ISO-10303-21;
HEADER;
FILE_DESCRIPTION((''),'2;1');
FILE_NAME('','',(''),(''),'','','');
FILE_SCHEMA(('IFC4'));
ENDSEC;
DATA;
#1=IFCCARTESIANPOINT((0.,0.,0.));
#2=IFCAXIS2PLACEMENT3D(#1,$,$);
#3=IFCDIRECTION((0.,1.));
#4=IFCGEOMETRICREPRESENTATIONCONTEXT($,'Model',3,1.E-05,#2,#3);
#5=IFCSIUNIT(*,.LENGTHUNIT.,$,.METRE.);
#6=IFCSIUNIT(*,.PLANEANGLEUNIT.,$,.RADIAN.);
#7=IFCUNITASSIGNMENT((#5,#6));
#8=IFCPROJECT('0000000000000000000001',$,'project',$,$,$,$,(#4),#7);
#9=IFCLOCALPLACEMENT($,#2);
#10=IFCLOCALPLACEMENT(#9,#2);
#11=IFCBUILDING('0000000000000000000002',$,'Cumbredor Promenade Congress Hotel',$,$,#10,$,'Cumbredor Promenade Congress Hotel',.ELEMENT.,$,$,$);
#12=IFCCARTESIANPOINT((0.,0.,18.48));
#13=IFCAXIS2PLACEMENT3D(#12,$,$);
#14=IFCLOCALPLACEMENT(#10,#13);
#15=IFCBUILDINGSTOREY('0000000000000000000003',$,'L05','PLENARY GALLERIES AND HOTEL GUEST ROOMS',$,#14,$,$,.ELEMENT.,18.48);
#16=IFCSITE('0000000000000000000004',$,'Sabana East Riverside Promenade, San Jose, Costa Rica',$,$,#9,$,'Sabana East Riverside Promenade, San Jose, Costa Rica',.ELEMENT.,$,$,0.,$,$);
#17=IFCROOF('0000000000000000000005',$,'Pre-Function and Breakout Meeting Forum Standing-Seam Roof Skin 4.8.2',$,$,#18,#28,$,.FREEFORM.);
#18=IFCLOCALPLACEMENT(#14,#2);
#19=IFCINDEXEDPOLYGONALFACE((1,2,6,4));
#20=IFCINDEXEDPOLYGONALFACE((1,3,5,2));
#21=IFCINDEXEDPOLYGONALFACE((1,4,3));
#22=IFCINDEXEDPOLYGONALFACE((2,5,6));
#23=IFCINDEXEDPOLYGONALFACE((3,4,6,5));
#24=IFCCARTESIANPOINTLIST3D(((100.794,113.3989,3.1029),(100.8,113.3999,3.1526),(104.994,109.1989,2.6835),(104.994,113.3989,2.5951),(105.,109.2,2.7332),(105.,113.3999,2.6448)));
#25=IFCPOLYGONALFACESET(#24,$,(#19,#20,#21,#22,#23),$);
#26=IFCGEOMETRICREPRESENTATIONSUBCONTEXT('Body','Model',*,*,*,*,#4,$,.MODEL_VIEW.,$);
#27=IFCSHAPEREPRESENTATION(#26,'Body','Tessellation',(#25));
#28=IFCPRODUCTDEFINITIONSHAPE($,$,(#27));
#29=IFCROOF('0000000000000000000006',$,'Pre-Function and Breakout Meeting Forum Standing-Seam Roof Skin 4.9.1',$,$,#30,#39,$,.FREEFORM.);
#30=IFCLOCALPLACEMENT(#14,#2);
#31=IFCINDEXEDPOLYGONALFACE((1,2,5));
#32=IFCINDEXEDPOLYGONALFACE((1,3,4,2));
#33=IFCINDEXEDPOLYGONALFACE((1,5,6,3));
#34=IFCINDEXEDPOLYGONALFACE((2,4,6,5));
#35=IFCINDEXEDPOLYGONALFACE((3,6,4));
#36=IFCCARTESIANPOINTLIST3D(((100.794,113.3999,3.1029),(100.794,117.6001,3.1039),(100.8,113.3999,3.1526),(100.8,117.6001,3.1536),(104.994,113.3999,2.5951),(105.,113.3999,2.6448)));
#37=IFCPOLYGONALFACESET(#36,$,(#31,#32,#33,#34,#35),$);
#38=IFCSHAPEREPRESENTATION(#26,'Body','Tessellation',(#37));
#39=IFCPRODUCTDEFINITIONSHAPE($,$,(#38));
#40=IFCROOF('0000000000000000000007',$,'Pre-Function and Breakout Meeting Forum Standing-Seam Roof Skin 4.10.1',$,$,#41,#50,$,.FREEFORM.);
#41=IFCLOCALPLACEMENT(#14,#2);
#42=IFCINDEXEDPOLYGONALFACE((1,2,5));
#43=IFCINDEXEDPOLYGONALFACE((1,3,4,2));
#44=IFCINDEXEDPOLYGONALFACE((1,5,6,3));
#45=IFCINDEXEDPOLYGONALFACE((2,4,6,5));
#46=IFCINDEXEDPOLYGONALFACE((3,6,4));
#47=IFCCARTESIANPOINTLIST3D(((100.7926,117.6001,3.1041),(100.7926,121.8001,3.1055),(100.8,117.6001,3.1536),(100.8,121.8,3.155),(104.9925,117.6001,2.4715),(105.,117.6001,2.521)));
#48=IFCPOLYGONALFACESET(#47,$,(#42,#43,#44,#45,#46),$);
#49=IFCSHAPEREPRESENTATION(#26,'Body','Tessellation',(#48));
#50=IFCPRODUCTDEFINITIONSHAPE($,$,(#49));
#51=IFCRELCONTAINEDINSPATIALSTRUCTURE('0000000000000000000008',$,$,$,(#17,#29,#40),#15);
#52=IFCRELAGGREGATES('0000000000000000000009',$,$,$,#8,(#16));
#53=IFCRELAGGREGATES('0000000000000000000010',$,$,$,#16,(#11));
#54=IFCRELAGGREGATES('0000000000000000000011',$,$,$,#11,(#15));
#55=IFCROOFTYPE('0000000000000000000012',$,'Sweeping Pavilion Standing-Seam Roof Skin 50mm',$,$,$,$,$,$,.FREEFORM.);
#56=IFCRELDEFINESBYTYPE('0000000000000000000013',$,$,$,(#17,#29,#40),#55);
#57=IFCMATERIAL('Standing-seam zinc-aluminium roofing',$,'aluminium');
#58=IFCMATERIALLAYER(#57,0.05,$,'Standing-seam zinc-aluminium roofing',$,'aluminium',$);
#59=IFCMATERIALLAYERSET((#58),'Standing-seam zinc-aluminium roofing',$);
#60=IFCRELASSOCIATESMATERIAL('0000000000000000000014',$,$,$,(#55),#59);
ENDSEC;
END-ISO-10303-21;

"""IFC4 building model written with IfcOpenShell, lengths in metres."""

from ifc_helpers import new_model, si_unit, direction, frame, origin, place, context, subcontext, project, spatial, polyline, outline, extrude, material, layer, layer_set, type_object, element, save


model = new_model("IFC4")

# Units and contexts
model_context = context("Model", 3, precision=1e-05, world=origin(), true_north=direction((0.0, 1.0)))
body_context = subcontext(model_context, "Body", "Model", "MODEL_VIEW")
ifc_project = project(units=[si_unit("LENGTHUNIT", "METRE"), si_unit("PLANEANGLEUNIT", "RADIAN")], contexts=[model_context])

# Site, building, storey
site_placement = place(None, origin())
site = spatial("IfcSite", under=ifc_project, at=site_placement, Name="Sabana East Riverside Promenade, San Jose, Costa Rica", LongName="Sabana East Riverside Promenade, San Jose, Costa Rica", CompositionType="ELEMENT", RefElevation=0.0)
building_placement = place(site_placement, origin())
building = spatial("IfcBuilding", under=site, at=building_placement, Name="Cumbredor Promenade Congress Hotel", LongName="Cumbredor Promenade Congress Hotel", CompositionType="ELEMENT")
storey_placement = place(building_placement, frame((0.0, 0.0, 18.48)))
storey = spatial("IfcBuildingStorey", under=building, at=storey_placement, Name="L05", Description="PLENARY GALLERIES AND HOTEL GUEST ROOMS", CompositionType="ELEMENT", Elevation=18.48)

# Roofs
ifc_material_1 = material(Name="Standing-seam zinc-aluminium roofing", Category="aluminium")
ifc_layer_1 = layer(ifc_material_1, 0.05, Name="Standing-seam zinc-aluminium roofing", Category="aluminium")
ifc_layer_set_1 = layer_set([ifc_layer_1], Name="Standing-seam zinc-aluminium roofing")
roof_type = type_object("IfcRoofType", Name="Sweeping Pavilion Standing-Seam Roof Skin 50mm", PredefinedType="FREEFORM", material=ifc_layer_set_1)
roof_1_placement = place(storey_placement, frame((105.0, 109.2, 2.7332), z_axis=(0.120009, 0.020886, 0.992553), x_axis=(0.0, 0.999779, -0.021038)))
element("IfcRoof", 1, at=roof_1_placement, inside=storey, type_object=roof_type, Name="Pre-Function and Breakout Meeting Forum Standing-Seam Roof Skin 4.8.2", PredefinedType="FREEFORM", context=body_context, shape_type="SweptSolid", body=[
    extrude(outline(polyline([(0.0, 0.0), (4.2009, 0.0), (4.1902, 4.2305), (0.0, 0.0)])), origin(), (0.0, 0.0, -1.0), 0.05),
])
roof_2_placement = place(storey_placement, frame((100.8, 113.3999, 3.1526), z_axis=(0.120035, -0.000231, 0.99277), x_axis=(0.99277, 0.0, -0.120035)))
element("IfcRoof", 2, at=roof_2_placement, inside=storey, type_object=roof_type, Name="Pre-Function and Breakout Meeting Forum Standing-Seam Roof Skin 4.9.1", PredefinedType="FREEFORM", context=body_context, shape_type="SweptSolid", body=[
    extrude(outline(polyline([(0.0, 0.0), (4.2305, 0.0), (-0.0001, 4.2002), (0.0, 0.0)])), origin(), (0.0, 0.0, -1.0), 0.05),
])
roof_3_placement = place(storey_placement, frame((100.8, 117.6001, 3.1536), z_axis=(0.148933, -0.000345, 0.988847), x_axis=(0.988847, 0.0, -0.148934)))
element("IfcRoof", 3, at=roof_3_placement, inside=storey, type_object=roof_type, Name="Pre-Function and Breakout Meeting Forum Standing-Seam Roof Skin 4.10.1", PredefinedType="FREEFORM", context=body_context, shape_type="SweptSolid", body=[
    extrude(outline(polyline([(0.0, 0.0), (4.2473, 0.0), (-0.0002, 4.2), (0.0, 0.0)])), origin(), (0.0, 0.0, -1.0), 0.05),
])

save(model, "model.ifc")
